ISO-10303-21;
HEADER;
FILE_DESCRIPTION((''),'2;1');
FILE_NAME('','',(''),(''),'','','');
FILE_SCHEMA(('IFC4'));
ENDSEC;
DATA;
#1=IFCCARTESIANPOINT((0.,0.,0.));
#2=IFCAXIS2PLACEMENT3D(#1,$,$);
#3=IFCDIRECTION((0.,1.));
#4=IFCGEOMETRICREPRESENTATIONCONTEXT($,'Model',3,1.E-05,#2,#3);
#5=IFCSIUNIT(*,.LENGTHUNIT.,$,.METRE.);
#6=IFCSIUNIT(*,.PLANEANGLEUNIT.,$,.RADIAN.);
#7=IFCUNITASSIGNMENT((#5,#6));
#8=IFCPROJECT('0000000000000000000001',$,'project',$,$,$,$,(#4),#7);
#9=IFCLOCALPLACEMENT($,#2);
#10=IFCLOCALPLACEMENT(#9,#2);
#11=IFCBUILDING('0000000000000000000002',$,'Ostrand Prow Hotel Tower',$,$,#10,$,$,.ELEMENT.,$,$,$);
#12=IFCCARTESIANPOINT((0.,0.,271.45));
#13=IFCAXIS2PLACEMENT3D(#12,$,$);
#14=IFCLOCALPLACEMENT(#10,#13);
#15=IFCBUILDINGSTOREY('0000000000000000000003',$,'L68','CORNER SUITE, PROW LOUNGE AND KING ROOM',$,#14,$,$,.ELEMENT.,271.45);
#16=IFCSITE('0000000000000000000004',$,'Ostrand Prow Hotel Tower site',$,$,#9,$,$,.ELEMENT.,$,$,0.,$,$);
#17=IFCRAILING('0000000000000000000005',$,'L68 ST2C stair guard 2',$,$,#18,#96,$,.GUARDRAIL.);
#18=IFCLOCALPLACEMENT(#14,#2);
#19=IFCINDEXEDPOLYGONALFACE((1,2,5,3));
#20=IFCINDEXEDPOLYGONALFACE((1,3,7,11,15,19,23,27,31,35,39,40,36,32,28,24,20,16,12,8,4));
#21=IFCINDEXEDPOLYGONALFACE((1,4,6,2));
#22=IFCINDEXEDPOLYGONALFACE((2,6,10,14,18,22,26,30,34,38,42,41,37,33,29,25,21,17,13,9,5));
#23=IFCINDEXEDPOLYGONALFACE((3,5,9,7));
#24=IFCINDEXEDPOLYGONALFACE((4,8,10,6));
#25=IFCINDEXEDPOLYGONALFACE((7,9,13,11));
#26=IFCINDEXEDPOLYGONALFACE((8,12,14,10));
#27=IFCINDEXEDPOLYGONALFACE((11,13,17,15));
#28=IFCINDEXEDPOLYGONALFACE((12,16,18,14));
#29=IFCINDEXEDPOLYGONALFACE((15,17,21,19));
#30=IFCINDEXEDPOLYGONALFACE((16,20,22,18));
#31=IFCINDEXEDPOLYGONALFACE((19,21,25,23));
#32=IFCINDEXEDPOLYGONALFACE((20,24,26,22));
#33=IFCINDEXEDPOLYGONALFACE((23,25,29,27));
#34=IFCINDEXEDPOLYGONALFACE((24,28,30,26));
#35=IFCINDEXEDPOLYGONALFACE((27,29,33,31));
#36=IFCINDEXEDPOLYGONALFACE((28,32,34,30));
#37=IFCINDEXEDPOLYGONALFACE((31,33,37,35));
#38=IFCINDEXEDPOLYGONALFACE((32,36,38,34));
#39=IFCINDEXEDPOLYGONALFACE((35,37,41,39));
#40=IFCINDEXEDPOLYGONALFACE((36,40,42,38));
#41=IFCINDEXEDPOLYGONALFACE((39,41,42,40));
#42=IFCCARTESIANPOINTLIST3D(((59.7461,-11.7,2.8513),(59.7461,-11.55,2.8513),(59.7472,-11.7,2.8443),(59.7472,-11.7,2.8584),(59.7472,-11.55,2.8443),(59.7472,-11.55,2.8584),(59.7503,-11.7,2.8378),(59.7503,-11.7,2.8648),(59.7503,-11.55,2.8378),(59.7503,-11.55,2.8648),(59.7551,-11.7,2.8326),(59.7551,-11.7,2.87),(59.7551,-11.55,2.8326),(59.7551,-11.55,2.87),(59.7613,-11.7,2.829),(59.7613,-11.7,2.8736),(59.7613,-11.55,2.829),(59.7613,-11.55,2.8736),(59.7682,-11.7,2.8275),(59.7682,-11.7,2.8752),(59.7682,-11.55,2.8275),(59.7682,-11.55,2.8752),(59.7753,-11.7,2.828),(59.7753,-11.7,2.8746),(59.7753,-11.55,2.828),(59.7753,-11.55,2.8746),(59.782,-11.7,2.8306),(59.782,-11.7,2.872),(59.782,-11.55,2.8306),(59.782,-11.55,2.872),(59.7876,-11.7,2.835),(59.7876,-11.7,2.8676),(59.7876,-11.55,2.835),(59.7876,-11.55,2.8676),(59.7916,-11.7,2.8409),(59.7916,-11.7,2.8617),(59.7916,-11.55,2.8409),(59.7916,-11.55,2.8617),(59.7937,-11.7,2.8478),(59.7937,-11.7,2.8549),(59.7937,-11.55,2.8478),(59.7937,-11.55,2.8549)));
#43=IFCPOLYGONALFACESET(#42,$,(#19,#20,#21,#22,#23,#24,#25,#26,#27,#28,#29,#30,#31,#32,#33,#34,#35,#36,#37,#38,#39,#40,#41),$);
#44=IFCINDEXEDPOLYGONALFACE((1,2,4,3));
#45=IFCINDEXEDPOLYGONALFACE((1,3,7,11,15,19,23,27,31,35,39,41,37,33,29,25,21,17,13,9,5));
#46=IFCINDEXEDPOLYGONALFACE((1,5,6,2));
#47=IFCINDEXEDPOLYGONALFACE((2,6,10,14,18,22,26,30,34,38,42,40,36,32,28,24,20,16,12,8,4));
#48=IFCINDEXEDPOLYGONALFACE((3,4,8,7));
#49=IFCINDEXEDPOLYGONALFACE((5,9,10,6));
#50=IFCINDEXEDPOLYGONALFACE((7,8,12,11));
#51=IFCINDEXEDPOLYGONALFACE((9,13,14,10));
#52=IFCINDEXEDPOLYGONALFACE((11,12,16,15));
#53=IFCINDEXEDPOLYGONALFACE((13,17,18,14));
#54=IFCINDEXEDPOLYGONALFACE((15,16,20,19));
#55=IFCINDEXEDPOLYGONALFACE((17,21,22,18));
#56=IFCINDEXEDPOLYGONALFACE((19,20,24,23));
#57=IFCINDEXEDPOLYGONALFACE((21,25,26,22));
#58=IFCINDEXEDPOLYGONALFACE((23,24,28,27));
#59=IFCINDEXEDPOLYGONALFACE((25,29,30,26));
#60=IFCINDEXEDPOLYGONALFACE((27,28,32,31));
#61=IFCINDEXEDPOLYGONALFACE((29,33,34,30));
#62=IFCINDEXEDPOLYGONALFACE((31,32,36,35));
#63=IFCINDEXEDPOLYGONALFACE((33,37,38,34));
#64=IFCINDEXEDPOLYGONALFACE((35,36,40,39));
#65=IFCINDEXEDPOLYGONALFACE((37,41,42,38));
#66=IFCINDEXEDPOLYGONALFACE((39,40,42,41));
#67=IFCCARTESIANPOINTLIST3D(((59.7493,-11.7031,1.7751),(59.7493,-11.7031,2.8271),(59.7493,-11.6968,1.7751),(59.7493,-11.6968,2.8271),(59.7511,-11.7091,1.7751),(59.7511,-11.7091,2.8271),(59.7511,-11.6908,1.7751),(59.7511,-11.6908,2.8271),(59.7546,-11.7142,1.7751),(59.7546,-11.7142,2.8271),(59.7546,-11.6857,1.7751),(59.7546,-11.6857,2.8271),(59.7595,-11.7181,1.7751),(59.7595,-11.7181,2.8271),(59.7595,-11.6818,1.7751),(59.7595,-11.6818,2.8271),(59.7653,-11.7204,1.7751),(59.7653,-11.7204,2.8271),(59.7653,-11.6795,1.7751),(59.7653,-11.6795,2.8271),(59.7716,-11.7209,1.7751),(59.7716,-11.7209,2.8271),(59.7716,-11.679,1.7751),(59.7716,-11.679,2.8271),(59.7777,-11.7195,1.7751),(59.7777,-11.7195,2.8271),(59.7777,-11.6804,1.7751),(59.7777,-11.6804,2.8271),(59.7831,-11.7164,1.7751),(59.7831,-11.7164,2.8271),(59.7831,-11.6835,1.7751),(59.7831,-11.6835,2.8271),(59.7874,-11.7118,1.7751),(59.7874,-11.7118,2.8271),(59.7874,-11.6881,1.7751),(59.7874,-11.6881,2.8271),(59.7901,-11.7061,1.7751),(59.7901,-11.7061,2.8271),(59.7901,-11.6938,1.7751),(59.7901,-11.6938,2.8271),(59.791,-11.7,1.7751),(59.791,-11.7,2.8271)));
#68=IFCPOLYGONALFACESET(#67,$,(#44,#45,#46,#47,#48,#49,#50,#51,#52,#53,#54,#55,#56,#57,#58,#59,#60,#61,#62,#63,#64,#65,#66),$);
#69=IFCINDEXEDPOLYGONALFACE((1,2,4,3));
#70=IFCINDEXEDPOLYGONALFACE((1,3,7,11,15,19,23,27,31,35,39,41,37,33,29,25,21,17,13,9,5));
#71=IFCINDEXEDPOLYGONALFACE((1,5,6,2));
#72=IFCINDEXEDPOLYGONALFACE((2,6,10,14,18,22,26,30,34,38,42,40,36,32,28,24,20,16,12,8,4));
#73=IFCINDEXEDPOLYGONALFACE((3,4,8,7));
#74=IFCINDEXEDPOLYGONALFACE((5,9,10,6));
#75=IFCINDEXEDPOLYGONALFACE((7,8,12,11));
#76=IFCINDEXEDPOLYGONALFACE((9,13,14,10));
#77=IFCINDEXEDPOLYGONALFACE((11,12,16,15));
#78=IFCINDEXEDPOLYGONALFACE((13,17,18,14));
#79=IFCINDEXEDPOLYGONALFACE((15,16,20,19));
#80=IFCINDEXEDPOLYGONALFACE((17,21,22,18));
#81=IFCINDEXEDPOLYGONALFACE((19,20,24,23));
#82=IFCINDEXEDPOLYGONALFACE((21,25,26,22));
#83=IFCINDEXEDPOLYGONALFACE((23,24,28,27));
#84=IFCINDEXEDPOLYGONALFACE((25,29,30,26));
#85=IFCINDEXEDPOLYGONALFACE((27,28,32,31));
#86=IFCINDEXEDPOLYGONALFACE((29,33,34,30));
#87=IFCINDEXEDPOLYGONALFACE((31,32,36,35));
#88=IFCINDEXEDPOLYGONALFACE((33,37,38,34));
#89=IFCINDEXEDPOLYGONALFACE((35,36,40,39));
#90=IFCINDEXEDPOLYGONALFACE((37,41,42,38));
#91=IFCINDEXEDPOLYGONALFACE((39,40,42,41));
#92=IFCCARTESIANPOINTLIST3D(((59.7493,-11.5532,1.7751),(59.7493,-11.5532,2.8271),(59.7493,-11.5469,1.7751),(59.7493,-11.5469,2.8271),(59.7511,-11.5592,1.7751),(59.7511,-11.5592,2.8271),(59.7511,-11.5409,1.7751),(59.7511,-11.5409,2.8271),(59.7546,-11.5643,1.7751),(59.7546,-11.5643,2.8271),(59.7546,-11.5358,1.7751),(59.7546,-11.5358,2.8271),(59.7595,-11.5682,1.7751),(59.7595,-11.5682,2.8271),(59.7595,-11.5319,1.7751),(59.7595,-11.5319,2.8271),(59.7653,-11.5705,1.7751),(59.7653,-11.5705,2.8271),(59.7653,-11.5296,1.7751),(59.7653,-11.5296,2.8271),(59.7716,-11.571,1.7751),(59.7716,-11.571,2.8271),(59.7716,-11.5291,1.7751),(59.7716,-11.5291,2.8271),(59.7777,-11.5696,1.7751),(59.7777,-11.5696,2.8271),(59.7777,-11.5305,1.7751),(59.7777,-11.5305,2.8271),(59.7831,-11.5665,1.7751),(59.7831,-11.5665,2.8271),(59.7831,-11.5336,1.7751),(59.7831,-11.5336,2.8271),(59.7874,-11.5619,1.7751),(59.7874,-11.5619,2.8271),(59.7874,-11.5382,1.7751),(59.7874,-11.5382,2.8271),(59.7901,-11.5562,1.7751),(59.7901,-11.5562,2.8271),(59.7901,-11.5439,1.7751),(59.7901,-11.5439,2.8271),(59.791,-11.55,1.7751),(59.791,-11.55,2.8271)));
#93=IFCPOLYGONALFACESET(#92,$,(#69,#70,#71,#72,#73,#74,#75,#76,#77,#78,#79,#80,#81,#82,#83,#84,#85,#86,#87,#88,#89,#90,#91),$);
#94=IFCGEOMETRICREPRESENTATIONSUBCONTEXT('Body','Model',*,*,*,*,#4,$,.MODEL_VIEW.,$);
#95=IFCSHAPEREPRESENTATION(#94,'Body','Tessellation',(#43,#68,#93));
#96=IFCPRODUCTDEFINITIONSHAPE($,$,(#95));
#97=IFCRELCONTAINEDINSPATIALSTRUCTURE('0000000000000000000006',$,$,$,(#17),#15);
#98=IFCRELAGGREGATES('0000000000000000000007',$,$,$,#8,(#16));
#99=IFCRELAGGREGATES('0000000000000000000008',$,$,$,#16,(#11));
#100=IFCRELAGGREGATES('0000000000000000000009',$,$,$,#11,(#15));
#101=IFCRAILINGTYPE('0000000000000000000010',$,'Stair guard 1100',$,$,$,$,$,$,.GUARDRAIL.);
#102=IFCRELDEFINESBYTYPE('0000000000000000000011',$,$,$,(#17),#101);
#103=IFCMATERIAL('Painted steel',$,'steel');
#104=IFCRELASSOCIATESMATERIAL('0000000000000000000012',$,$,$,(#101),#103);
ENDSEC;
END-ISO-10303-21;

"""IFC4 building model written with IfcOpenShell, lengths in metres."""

from ifc_helpers import new_model, si_unit, direction, frame, origin, origin_2d, place, context, subcontext, project, spatial, circle, extrude, material, type_object, element, save


model = new_model("IFC4")

# Units and contexts
model_context = context("Model", 3, precision=1e-05, world=origin(), true_north=direction((0.0, 1.0)))
body_context = subcontext(model_context, "Body", "Model", "MODEL_VIEW")
ifc_project = project(units=[si_unit("LENGTHUNIT", "METRE"), si_unit("PLANEANGLEUNIT", "RADIAN")], contexts=[model_context])

# Site, building, storey
site_placement = place(None, origin())
site = spatial("IfcSite", under=ifc_project, at=site_placement, Name="Ostrand Prow Hotel Tower site", CompositionType="ELEMENT", RefElevation=0.0)
building_placement = place(site_placement, origin())
building = spatial("IfcBuilding", under=site, at=building_placement, Name="Ostrand Prow Hotel Tower", CompositionType="ELEMENT")
storey_placement = place(building_placement, frame((0.0, 0.0, 271.45)))
storey = spatial("IfcBuildingStorey", under=building, at=storey_placement, Name="L68", Description="CORNER SUITE, PROW LOUNGE AND KING ROOM", CompositionType="ELEMENT", Elevation=271.45)

# Railing
ifc_material_1 = material(Name="Painted steel", Category="steel")
railing_type_1 = type_object("IfcRailingType", Name="Stair guard 1100", PredefinedType="GUARDRAIL", material=ifc_material_1)
railing_1_placement = place(storey_placement, frame((59.77, -11.7, 1.7751)))
element("IfcRailing", 1, at=railing_1_placement, inside=storey, type_object=railing_type_1, Name="L68 ST2C stair guard 2", PredefinedType="GUARDRAIL", context=body_context, shape_type="SweptSolid", body=[
    extrude(circle(Radius=0.0239, at=origin_2d()), frame((0.0, 0.0, 1.0762), z_axis=(0.0, 1.0, 0.0), x_axis=(-1.0, 0.0, 0.0)), (0.0, 0.0, 1.0), 0.1499),
    extrude(circle(Radius=0.021, at=origin_2d()), origin(), (0.0, 0.0, 1.0), 1.052),
    extrude(circle(Radius=0.021, at=origin_2d()), frame((0.0, 0.1499, 0.0)), (0.0, 0.0, 1.0), 1.052),
])

save(model, "model.ifc")
